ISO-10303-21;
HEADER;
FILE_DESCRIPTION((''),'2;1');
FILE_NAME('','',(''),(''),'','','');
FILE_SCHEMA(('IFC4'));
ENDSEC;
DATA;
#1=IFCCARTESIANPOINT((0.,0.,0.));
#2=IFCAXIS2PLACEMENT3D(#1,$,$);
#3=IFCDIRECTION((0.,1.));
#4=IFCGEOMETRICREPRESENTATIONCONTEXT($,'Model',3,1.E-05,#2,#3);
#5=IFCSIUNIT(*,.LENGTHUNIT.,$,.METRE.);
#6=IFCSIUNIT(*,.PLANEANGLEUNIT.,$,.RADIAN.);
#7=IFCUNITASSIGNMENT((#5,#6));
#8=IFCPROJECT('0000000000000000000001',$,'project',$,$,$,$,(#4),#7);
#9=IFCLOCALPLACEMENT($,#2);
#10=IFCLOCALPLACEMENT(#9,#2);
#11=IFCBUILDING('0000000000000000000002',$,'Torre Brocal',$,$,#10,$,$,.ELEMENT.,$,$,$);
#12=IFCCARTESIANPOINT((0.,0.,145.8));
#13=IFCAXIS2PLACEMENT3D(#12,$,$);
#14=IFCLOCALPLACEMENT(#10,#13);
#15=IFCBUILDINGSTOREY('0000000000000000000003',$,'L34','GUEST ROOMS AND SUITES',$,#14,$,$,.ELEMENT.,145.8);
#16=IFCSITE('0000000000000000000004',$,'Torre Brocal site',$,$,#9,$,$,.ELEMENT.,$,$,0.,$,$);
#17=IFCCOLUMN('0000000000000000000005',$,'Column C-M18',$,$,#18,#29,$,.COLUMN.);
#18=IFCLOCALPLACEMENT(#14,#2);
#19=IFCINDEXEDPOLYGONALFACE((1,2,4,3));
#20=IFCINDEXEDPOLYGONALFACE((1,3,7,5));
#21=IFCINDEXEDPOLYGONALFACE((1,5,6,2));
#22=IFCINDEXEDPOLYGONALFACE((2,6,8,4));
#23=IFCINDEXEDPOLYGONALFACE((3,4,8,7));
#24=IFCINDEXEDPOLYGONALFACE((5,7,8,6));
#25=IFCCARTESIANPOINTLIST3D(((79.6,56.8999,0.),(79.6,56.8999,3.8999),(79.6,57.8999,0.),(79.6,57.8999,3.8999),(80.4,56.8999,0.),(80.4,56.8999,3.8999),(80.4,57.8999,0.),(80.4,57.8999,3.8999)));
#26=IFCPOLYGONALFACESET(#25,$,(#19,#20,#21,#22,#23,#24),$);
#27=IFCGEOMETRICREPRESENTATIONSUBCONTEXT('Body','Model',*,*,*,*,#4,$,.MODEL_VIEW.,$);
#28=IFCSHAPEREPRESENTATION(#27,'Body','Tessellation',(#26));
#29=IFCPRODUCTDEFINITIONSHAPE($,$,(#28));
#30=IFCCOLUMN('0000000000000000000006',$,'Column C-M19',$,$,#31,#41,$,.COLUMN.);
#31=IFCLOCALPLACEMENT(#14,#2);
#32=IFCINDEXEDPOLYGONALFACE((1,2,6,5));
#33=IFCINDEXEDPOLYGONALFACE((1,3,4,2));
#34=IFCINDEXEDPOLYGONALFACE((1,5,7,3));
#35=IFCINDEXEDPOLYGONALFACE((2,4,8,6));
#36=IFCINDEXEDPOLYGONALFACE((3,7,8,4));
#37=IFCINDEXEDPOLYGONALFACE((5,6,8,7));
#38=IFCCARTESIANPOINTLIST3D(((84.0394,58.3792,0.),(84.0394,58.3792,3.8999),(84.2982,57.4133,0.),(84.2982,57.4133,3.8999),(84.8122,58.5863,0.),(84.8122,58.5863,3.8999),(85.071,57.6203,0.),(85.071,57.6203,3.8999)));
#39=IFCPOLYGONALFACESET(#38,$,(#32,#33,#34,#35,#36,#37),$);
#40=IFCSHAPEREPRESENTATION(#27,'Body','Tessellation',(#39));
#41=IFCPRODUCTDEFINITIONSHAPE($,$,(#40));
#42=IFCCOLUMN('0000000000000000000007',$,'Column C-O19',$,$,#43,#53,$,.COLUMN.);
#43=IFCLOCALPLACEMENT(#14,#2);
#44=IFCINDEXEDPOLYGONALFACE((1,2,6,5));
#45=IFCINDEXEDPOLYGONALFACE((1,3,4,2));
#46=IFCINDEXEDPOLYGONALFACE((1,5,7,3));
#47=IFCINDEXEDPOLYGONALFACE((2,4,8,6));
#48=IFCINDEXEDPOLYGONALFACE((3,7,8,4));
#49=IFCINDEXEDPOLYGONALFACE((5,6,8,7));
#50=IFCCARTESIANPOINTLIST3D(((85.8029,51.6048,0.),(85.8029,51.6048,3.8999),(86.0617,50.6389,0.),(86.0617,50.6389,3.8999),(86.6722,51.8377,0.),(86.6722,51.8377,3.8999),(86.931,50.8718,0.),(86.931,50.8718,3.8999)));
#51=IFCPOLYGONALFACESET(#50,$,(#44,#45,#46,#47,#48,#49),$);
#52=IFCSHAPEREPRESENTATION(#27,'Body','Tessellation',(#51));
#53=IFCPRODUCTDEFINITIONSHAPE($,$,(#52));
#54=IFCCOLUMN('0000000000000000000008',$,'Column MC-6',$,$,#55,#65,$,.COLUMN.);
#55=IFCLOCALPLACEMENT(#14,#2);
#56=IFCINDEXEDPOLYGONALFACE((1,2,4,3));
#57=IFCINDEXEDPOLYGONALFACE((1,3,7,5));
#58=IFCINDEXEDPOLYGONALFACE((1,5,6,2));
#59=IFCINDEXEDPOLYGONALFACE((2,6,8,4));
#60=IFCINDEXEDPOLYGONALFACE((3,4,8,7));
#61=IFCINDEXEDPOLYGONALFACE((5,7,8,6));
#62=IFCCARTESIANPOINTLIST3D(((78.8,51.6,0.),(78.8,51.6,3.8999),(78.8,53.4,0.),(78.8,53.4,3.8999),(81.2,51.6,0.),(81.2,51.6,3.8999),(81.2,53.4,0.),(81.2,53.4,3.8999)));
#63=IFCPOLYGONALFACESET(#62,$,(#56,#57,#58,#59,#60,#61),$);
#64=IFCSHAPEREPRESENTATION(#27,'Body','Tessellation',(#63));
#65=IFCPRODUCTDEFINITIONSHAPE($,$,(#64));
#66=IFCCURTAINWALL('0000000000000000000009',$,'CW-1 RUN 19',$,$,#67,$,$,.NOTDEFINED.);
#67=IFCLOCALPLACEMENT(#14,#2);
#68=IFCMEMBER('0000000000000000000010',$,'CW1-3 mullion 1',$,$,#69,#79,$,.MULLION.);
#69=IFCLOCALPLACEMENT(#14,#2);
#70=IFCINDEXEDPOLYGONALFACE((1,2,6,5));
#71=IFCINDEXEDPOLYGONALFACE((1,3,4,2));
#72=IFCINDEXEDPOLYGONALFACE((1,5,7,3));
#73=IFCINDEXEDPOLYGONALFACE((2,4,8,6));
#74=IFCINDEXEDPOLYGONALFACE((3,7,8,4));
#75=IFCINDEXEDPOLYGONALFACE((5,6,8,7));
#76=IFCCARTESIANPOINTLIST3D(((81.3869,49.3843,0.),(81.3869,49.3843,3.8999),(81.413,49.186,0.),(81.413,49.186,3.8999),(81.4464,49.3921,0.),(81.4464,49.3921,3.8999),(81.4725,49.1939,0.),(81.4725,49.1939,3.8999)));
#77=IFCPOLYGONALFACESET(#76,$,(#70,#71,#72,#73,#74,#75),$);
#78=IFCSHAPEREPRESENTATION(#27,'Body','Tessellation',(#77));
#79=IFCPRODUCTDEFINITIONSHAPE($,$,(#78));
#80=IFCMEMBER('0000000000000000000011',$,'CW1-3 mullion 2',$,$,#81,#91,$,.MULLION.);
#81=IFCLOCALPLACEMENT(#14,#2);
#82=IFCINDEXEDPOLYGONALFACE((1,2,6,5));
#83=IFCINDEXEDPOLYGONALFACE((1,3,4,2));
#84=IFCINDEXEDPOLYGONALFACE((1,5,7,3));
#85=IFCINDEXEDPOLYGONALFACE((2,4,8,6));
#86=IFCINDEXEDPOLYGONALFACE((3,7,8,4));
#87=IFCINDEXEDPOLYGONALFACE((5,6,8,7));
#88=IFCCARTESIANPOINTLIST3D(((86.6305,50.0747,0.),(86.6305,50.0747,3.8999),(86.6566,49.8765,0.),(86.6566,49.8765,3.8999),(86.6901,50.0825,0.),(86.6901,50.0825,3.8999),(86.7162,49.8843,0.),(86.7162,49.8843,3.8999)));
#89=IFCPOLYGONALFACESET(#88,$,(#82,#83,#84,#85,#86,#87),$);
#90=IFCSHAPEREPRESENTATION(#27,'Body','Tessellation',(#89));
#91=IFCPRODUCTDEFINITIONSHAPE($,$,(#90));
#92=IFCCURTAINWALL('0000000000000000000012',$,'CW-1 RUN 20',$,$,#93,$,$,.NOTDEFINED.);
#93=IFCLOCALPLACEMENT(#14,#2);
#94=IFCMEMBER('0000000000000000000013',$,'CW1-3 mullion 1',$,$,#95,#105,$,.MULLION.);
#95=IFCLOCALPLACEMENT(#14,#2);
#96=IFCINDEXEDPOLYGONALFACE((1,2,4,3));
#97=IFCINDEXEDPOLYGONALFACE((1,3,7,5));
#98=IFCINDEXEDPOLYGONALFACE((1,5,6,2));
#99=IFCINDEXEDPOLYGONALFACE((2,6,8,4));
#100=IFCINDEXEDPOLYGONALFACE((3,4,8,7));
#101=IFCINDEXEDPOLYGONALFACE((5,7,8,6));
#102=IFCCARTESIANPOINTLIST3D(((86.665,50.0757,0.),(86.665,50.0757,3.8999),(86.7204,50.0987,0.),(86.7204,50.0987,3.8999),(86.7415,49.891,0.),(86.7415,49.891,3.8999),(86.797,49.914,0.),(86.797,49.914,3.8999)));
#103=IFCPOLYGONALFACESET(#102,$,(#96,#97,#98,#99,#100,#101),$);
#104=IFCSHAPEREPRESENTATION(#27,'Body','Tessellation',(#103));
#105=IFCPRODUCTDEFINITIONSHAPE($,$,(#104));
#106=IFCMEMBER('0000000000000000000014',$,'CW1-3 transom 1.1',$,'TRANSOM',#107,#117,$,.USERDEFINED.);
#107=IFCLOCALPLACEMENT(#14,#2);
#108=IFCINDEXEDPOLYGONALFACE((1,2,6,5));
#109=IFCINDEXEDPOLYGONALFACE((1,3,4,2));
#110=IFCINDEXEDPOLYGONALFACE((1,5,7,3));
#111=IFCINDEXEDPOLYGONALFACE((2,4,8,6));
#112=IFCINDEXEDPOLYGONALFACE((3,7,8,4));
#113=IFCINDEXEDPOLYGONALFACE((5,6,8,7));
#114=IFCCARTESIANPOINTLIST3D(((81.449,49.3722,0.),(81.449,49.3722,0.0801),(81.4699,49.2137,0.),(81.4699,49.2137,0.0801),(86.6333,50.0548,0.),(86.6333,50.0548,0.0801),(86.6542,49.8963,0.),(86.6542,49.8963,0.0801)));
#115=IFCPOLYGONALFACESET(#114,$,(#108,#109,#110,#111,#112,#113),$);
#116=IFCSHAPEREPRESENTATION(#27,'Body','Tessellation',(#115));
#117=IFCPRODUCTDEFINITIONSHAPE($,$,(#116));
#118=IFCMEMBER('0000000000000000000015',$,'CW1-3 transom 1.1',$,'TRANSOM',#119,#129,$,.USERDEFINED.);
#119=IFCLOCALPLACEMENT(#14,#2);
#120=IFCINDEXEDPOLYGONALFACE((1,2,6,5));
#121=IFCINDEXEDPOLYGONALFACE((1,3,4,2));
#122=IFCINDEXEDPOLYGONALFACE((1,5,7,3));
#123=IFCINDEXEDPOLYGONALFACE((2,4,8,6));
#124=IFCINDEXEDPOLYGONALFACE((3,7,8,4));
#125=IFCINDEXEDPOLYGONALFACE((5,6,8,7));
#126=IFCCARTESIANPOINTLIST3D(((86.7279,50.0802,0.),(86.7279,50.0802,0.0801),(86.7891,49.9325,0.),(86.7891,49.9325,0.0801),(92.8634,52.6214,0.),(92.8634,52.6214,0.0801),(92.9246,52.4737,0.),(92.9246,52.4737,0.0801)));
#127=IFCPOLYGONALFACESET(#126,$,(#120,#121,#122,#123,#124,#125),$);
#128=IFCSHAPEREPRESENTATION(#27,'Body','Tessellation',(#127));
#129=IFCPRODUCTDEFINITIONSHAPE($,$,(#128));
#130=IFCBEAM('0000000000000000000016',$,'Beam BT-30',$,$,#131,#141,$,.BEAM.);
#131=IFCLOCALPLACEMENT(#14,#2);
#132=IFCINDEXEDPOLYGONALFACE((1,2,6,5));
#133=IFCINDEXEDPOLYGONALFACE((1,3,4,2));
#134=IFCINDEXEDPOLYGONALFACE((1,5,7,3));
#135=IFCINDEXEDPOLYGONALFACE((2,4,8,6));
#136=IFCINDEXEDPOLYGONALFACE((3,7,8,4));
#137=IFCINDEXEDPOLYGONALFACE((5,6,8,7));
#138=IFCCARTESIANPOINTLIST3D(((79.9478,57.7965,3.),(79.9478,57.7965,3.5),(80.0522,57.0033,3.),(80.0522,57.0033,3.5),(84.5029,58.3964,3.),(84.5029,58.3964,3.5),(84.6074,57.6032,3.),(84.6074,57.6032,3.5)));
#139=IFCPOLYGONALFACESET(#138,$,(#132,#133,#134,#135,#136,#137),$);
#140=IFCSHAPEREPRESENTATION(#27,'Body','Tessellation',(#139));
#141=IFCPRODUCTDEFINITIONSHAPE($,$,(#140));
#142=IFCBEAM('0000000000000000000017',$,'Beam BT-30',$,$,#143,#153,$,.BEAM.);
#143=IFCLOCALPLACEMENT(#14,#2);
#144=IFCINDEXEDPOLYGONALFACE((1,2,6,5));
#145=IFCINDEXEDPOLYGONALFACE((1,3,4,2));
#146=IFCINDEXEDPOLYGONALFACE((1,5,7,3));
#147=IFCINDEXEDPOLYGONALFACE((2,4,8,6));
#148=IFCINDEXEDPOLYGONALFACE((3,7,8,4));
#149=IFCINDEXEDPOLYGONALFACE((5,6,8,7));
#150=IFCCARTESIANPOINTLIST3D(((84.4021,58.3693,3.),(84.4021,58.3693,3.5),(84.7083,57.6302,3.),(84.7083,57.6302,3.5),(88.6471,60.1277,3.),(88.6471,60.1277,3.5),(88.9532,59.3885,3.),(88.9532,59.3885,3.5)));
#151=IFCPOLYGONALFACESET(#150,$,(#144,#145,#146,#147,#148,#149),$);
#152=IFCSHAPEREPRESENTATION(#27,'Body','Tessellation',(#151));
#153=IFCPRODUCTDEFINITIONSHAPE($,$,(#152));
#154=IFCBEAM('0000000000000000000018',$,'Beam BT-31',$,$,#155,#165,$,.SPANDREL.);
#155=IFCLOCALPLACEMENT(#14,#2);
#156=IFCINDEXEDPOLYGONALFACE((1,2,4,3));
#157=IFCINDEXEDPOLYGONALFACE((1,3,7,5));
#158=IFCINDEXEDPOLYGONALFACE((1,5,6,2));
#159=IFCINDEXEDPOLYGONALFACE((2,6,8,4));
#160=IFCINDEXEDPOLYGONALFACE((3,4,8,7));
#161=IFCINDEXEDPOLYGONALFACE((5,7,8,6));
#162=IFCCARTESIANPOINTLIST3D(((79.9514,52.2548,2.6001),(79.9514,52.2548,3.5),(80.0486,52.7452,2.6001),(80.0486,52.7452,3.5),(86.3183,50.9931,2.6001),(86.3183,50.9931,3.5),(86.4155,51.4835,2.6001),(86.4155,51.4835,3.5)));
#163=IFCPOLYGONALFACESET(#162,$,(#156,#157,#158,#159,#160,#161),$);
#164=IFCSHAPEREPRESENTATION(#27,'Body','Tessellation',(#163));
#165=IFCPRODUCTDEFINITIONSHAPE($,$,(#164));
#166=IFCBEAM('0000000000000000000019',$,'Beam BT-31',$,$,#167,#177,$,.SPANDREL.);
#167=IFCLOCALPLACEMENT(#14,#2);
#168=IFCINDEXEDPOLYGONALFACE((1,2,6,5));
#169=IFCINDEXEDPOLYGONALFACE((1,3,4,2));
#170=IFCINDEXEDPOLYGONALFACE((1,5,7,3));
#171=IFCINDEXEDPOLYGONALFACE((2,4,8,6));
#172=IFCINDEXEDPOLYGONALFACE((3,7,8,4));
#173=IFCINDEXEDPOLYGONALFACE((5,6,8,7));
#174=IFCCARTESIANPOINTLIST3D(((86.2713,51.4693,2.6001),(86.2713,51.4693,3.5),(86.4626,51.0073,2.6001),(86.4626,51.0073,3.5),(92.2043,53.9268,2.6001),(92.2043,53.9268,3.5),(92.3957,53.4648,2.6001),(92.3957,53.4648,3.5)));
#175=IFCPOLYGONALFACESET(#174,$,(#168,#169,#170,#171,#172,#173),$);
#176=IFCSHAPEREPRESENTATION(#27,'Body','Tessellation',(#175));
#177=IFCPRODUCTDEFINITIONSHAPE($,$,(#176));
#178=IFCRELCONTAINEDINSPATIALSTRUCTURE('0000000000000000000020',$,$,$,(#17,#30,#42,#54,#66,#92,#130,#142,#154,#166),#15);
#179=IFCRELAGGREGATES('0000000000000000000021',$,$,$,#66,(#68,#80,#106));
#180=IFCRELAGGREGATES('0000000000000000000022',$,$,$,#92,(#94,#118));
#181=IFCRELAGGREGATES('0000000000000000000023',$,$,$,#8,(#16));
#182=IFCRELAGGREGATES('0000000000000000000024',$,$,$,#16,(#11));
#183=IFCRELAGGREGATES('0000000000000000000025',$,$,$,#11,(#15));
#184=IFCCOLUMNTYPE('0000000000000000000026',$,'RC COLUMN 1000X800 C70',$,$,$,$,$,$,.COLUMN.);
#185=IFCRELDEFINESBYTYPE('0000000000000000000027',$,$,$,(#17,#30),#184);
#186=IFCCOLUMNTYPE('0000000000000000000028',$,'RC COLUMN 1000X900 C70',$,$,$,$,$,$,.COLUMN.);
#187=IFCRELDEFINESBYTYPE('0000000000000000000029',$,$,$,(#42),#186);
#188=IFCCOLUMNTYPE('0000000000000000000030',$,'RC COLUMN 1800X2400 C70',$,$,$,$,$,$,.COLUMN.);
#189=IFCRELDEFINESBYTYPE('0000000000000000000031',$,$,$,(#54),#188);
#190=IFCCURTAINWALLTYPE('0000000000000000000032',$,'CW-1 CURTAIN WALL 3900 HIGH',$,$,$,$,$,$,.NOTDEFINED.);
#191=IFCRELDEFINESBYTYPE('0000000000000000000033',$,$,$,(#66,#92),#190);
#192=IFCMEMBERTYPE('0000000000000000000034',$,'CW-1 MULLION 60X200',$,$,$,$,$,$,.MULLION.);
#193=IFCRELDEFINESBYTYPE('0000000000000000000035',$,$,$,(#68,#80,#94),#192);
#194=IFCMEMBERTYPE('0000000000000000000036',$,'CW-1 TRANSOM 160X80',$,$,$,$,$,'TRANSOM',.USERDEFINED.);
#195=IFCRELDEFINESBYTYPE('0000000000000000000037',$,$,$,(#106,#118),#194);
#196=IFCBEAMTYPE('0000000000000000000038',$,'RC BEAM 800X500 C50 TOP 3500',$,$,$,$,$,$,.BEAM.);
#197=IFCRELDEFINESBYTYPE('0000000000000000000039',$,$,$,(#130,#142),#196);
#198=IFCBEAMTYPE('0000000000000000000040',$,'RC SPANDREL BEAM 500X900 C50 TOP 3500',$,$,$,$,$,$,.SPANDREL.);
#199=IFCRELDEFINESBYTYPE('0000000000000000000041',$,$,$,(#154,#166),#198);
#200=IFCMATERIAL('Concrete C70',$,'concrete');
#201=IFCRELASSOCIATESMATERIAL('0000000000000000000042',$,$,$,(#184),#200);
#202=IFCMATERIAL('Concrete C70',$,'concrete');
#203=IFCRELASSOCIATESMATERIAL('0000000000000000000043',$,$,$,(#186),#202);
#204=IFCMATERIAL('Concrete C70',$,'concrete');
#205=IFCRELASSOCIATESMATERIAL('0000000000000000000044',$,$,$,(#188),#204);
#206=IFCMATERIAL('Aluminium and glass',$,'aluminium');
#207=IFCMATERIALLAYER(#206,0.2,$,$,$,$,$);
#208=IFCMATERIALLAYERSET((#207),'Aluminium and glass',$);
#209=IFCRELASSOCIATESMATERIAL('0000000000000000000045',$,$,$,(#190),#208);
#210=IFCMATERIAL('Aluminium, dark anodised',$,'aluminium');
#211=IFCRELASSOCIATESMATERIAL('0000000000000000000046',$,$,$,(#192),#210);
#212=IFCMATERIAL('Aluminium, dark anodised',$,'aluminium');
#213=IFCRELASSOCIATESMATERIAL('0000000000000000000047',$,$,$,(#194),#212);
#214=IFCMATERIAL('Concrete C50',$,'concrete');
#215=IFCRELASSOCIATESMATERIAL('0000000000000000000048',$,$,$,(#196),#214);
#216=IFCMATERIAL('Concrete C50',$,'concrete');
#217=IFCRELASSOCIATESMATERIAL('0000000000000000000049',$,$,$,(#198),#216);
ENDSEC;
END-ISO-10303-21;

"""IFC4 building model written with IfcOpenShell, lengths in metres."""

from ifc_helpers import new_model, si_unit, direction, frame, origin, origin_2d, place, context, subcontext, project, spatial, rectangle, extrude, material, layer, layer_set, material_profile, profile_set, type_object, element, aggregate, save


model = new_model("IFC4")

# Units and contexts
model_context = context("Model", 3, precision=1e-05, world=origin(), true_north=direction((0.0, 1.0)))
body_context = subcontext(model_context, "Body", "Model", "MODEL_VIEW")
ifc_project = project(units=[si_unit("LENGTHUNIT", "METRE"), si_unit("PLANEANGLEUNIT", "RADIAN")], contexts=[model_context])

# Site, building, storey
site_placement = place(None, origin())
site = spatial("IfcSite", under=ifc_project, at=site_placement, Name="Torre Brocal site", CompositionType="ELEMENT", RefElevation=0.0)
building_placement = place(site_placement, origin())
building = spatial("IfcBuilding", under=site, at=building_placement, Name="Torre Brocal", CompositionType="ELEMENT")
storey_placement = place(building_placement, frame((0.0, 0.0, 145.8)))
storey = spatial("IfcBuildingStorey", under=building, at=storey_placement, Name="L34", Description="GUEST ROOMS AND SUITES", CompositionType="ELEMENT", Elevation=145.8)

# Columns
ifc_material_1 = material(Name="Concrete C70", Category="concrete")
ifc_material_profile_1 = material_profile(ifc_material_1, rectangle(XDim=1.0, YDim=0.8, at=origin_2d()), Name="RC 1000X800")
ifc_profile_set_1 = profile_set([ifc_material_profile_1], Name="Concrete C70")
column_type_1 = type_object("IfcColumnType", Name="RC COLUMN 1000X800 C70", PredefinedType="COLUMN", material=ifc_profile_set_1)
for number, where, z_axis, x_axis, name in (
    (1, (80.0, 57.3999, 0.0), (0.0, 0.0, 1.0), (0.0, -1.0, 0.0), "Column C-M18"),
    (2, (84.5552, 57.9998, 0.0), (0.0, 0.0, 1.0), (0.258819, -0.965926, 0.0), "Column C-M19"),
):
    element("IfcColumn", number, at=place(storey_placement, frame(where, z_axis=z_axis, x_axis=x_axis)), inside=storey, type_object=column_type_1, Name=name, PredefinedType="COLUMN", context=body_context, shape_type="SweptSolid", body=[
        extrude(rectangle(XDim=1.0, YDim=0.8, at=origin_2d()), origin(), (0.0, 0.0, 1.0), 3.8999),
    ])
ifc_material_2 = material(Name="Concrete C70", Category="concrete")
ifc_material_profile_2 = material_profile(ifc_material_2, rectangle(XDim=1.0, YDim=0.8999, at=origin_2d()), Name="RC 1000X900")
ifc_profile_set_2 = profile_set([ifc_material_profile_2], Name="Concrete C70")
column_type_2 = type_object("IfcColumnType", Name="RC COLUMN 1000X900 C70", PredefinedType="COLUMN", material=ifc_profile_set_2)
column_1_placement = place(storey_placement, frame((86.3669, 51.2383, 0.0), z_axis=(0.0, 0.0, 1.0), x_axis=(0.258819, -0.965926, 0.0)))
element("IfcColumn", 3, at=column_1_placement, inside=storey, type_object=column_type_2, Name="Column C-O19", PredefinedType="COLUMN", context=body_context, shape_type="SweptSolid", body=[
    extrude(rectangle(XDim=1.0, YDim=0.8999, at=origin_2d()), origin(), (0.0, 0.0, 1.0), 3.8999),
])
ifc_material_3 = material(Name="Concrete C70", Category="concrete")
ifc_material_profile_3 = material_profile(ifc_material_3, rectangle(XDim=1.8, YDim=2.3999, at=origin_2d()), Name="RC 1800X2400")
ifc_profile_set_3 = profile_set([ifc_material_profile_3], Name="Concrete C70")
column_type_3 = type_object("IfcColumnType", Name="RC COLUMN 1800X2400 C70", PredefinedType="COLUMN", material=ifc_profile_set_3)
column_2_placement = place(storey_placement, frame((80.0, 52.5, 0.0), z_axis=(0.0, 0.0, 1.0), x_axis=(0.0, -1.0, 0.0)))
element("IfcColumn", 4, at=column_2_placement, inside=storey, type_object=column_type_3, Name="Column MC-6", PredefinedType="COLUMN", context=body_context, shape_type="SweptSolid", body=[
    extrude(rectangle(XDim=1.8, YDim=2.3999, at=origin_2d()), origin(), (0.0, 0.0, 1.0), 3.8999),
])

# Curtain wall, members
ifc_material_4 = material(Name="Aluminium and glass", Category="aluminium")
ifc_layer_1 = layer(ifc_material_4, 0.2)
ifc_layer_set_1 = layer_set([ifc_layer_1], Name="Aluminium and glass")
curtain_wall_type = type_object("IfcCurtainWallType", Name="CW-1 CURTAIN WALL 3900 HIGH", PredefinedType="NOTDEFINED", material=ifc_layer_set_1)
curtain_wall_1_placement = place(storey_placement, origin())
curtain_wall_1 = element("IfcCurtainWall", 5, at=curtain_wall_1_placement, inside=storey, type_object=curtain_wall_type, Name="CW-1 RUN 19", PredefinedType="NOTDEFINED")
ifc_material_5 = material(Name="Aluminium, dark anodised", Category="aluminium")
ifc_material_profile_4 = material_profile(ifc_material_5, rectangle(XDim=0.2, YDim=0.0601, at=origin_2d()), Name="CW-1 MULLION 60X200")
ifc_profile_set_4 = profile_set([ifc_material_profile_4], Name="Aluminium, dark anodised")
member_type_1 = type_object("IfcMemberType", Name="CW-1 MULLION 60X200", PredefinedType="MULLION", material=ifc_profile_set_4)
member_1_placement = place(storey_placement, frame((81.4297, 49.2891, 0.0), z_axis=(0.0, 0.0, 1.0), x_axis=(-0.130526, 0.991445, 0.0)))
member_1 = element("IfcMember", 6, at=member_1_placement, type_object=member_type_1, Name="CW1-3 mullion 1", PredefinedType="MULLION", context=body_context, shape_type="SweptSolid", body=[
    extrude(rectangle(XDim=0.2, YDim=0.0601, at=origin_2d()), origin(), (0.0, 0.0, 1.0), 3.8999),
])
member_2_placement = place(storey_placement, frame((86.6733, 49.9795, 0.0), z_axis=(0.0, 0.0, 1.0), x_axis=(-0.130526, 0.991445, 0.0)))
member_2 = element("IfcMember", 7, at=member_2_placement, type_object=member_type_1, Name="CW1-3 mullion 2", PredefinedType="MULLION", context=body_context, shape_type="SweptSolid", body=[
    extrude(rectangle(XDim=0.2, YDim=0.0601, at=origin_2d()), origin(), (0.0, 0.0, 1.0), 3.8999),
])

# Curtain wall, member
curtain_wall_2_placement = place(storey_placement, origin())
curtain_wall_2 = element("IfcCurtainWall", 8, at=curtain_wall_2_placement, inside=storey, type_object=curtain_wall_type, Name="CW-1 RUN 20", PredefinedType="NOTDEFINED")
member_3_placement = place(storey_placement, frame((86.731, 49.9949, 0.0), z_axis=(0.0, 0.0, 1.0), x_axis=(-0.382683, 0.92388, 0.0)))
member_3 = element("IfcMember", 9, at=member_3_placement, type_object=member_type_1, Name="CW1-3 mullion 1", PredefinedType="MULLION", context=body_context, shape_type="SweptSolid", body=[
    extrude(rectangle(XDim=0.2, YDim=0.0601, at=origin_2d()), origin(), (0.0, 0.0, 1.0), 3.8999),
])

# Members
ifc_material_6 = material(Name="Aluminium, dark anodised", Category="aluminium")
ifc_material_profile_5 = material_profile(ifc_material_6, rectangle(XDim=0.1599, YDim=0.0801, at=origin_2d()), Name="CW-1 TRANSOM 160X80")
ifc_profile_set_5 = profile_set([ifc_material_profile_5], Name="Aluminium, dark anodised")
member_type_2 = type_object("IfcMemberType", Name="CW-1 TRANSOM 160X80", ElementType="TRANSOM", PredefinedType="USERDEFINED", material=ifc_profile_set_5)
member_4_placement = place(storey_placement, frame((81.4595, 49.293, 0.04), z_axis=(0.991443, 0.130543, 0.0), x_axis=(-0.130543, 0.991443, 0.0)))
member_4 = element("IfcMember", 10, at=member_4_placement, type_object=member_type_2, Name="CW1-3 transom 1.1", ObjectType="TRANSOM", PredefinedType="USERDEFINED", context=body_context, shape_type="SweptSolid", body=[
    extrude(rectangle(XDim=0.1599, YDim=0.0801, at=origin_2d()), origin(), (0.0, 0.0, 1.0), 5.229),
])
member_5_placement = place(storey_placement, frame((86.7585, 50.0063, 0.04), z_axis=(0.923887, 0.382665, 0.0), x_axis=(-0.382665, 0.923887, 0.0)))
member_5 = element("IfcMember", 11, at=member_5_placement, type_object=member_type_2, Name="CW1-3 transom 1.1", ObjectType="TRANSOM", PredefinedType="USERDEFINED", context=body_context, shape_type="SweptSolid", body=[
    extrude(rectangle(XDim=0.1599, YDim=0.0801, at=origin_2d()), origin(), (0.0, 0.0, 1.0), 6.6409),
])

# Beams
ifc_material_7 = material(Name="Concrete C50", Category="concrete")
ifc_material_profile_6 = material_profile(ifc_material_7, rectangle(XDim=0.8, YDim=0.5, at=origin_2d()), Name="RC 800X500")
ifc_profile_set_6 = profile_set([ifc_material_profile_6], Name="Concrete C50")
beam_type_1 = type_object("IfcBeamType", Name="RC BEAM 800X500 C50 TOP 3500", PredefinedType="BEAM", material=ifc_profile_set_6)
beam_1_placement = place(storey_placement, frame((80.0, 57.3999, 3.25), z_axis=(0.991441, 0.130559, 0.0), x_axis=(-0.130559, 0.991441, 0.0)))
element("IfcBeam", 12, at=beam_1_placement, inside=storey, type_object=beam_type_1, Name="Beam BT-30", PredefinedType="BEAM", context=body_context, shape_type="SweptSolid", body=[
    extrude(rectangle(XDim=0.8, YDim=0.5, at=origin_2d()), origin(), (0.0, 0.0, 1.0), 4.5945),
])
beam_2_placement = place(storey_placement, frame((84.5552, 57.9998, 3.25), z_axis=(0.923878, 0.382687, 0.0), x_axis=(-0.382687, 0.923878, 0.0)))
element("IfcBeam", 13, at=beam_2_placement, inside=storey, type_object=beam_type_1, Name="Beam BT-30", PredefinedType="BEAM", context=body_context, shape_type="SweptSolid", body=[
    extrude(rectangle(XDim=0.8, YDim=0.5, at=origin_2d()), origin(), (0.0, 0.0, 1.0), 4.5947),
])
ifc_material_8 = material(Name="Concrete C50", Category="concrete")
ifc_material_profile_7 = material_profile(ifc_material_8, rectangle(XDim=0.5, YDim=0.8999, at=origin_2d()), Name="RC 500X900")
ifc_profile_set_7 = profile_set([ifc_material_profile_7], Name="Concrete C50")
beam_type_2 = type_object("IfcBeamType", Name="RC SPANDREL BEAM 500X900 C50 TOP 3500", PredefinedType="SPANDREL", material=ifc_profile_set_7)
beam_3_placement = place(storey_placement, frame((80.0, 52.5, 3.05), z_axis=(0.980925, -0.194387, 0.0), x_axis=(0.194387, 0.980925, 0.0)))
element("IfcBeam", 14, at=beam_3_placement, inside=storey, type_object=beam_type_2, Name="Beam BT-31", PredefinedType="SPANDREL", context=body_context, shape_type="SweptSolid", body=[
    extrude(rectangle(XDim=0.5, YDim=0.8999, at=origin_2d()), origin(), (0.0, 0.0, 1.0), 6.4907),
])
beam_4_placement = place(storey_placement, frame((86.3669, 51.2383, 3.05), z_axis=(0.923882, 0.382676, 0.0), x_axis=(-0.382676, 0.923882, 0.0)))
element("IfcBeam", 15, at=beam_4_placement, inside=storey, type_object=beam_type_2, Name="Beam BT-31", PredefinedType="SPANDREL", context=body_context, shape_type="SweptSolid", body=[
    extrude(rectangle(XDim=0.5, YDim=0.8999, at=origin_2d()), origin(), (0.0, 0.0, 1.0), 6.4219),
])

aggregate(curtain_wall_1, [member_1, member_2, member_4])
aggregate(curtain_wall_2, [member_3, member_5])

save(model, "model.ifc")
